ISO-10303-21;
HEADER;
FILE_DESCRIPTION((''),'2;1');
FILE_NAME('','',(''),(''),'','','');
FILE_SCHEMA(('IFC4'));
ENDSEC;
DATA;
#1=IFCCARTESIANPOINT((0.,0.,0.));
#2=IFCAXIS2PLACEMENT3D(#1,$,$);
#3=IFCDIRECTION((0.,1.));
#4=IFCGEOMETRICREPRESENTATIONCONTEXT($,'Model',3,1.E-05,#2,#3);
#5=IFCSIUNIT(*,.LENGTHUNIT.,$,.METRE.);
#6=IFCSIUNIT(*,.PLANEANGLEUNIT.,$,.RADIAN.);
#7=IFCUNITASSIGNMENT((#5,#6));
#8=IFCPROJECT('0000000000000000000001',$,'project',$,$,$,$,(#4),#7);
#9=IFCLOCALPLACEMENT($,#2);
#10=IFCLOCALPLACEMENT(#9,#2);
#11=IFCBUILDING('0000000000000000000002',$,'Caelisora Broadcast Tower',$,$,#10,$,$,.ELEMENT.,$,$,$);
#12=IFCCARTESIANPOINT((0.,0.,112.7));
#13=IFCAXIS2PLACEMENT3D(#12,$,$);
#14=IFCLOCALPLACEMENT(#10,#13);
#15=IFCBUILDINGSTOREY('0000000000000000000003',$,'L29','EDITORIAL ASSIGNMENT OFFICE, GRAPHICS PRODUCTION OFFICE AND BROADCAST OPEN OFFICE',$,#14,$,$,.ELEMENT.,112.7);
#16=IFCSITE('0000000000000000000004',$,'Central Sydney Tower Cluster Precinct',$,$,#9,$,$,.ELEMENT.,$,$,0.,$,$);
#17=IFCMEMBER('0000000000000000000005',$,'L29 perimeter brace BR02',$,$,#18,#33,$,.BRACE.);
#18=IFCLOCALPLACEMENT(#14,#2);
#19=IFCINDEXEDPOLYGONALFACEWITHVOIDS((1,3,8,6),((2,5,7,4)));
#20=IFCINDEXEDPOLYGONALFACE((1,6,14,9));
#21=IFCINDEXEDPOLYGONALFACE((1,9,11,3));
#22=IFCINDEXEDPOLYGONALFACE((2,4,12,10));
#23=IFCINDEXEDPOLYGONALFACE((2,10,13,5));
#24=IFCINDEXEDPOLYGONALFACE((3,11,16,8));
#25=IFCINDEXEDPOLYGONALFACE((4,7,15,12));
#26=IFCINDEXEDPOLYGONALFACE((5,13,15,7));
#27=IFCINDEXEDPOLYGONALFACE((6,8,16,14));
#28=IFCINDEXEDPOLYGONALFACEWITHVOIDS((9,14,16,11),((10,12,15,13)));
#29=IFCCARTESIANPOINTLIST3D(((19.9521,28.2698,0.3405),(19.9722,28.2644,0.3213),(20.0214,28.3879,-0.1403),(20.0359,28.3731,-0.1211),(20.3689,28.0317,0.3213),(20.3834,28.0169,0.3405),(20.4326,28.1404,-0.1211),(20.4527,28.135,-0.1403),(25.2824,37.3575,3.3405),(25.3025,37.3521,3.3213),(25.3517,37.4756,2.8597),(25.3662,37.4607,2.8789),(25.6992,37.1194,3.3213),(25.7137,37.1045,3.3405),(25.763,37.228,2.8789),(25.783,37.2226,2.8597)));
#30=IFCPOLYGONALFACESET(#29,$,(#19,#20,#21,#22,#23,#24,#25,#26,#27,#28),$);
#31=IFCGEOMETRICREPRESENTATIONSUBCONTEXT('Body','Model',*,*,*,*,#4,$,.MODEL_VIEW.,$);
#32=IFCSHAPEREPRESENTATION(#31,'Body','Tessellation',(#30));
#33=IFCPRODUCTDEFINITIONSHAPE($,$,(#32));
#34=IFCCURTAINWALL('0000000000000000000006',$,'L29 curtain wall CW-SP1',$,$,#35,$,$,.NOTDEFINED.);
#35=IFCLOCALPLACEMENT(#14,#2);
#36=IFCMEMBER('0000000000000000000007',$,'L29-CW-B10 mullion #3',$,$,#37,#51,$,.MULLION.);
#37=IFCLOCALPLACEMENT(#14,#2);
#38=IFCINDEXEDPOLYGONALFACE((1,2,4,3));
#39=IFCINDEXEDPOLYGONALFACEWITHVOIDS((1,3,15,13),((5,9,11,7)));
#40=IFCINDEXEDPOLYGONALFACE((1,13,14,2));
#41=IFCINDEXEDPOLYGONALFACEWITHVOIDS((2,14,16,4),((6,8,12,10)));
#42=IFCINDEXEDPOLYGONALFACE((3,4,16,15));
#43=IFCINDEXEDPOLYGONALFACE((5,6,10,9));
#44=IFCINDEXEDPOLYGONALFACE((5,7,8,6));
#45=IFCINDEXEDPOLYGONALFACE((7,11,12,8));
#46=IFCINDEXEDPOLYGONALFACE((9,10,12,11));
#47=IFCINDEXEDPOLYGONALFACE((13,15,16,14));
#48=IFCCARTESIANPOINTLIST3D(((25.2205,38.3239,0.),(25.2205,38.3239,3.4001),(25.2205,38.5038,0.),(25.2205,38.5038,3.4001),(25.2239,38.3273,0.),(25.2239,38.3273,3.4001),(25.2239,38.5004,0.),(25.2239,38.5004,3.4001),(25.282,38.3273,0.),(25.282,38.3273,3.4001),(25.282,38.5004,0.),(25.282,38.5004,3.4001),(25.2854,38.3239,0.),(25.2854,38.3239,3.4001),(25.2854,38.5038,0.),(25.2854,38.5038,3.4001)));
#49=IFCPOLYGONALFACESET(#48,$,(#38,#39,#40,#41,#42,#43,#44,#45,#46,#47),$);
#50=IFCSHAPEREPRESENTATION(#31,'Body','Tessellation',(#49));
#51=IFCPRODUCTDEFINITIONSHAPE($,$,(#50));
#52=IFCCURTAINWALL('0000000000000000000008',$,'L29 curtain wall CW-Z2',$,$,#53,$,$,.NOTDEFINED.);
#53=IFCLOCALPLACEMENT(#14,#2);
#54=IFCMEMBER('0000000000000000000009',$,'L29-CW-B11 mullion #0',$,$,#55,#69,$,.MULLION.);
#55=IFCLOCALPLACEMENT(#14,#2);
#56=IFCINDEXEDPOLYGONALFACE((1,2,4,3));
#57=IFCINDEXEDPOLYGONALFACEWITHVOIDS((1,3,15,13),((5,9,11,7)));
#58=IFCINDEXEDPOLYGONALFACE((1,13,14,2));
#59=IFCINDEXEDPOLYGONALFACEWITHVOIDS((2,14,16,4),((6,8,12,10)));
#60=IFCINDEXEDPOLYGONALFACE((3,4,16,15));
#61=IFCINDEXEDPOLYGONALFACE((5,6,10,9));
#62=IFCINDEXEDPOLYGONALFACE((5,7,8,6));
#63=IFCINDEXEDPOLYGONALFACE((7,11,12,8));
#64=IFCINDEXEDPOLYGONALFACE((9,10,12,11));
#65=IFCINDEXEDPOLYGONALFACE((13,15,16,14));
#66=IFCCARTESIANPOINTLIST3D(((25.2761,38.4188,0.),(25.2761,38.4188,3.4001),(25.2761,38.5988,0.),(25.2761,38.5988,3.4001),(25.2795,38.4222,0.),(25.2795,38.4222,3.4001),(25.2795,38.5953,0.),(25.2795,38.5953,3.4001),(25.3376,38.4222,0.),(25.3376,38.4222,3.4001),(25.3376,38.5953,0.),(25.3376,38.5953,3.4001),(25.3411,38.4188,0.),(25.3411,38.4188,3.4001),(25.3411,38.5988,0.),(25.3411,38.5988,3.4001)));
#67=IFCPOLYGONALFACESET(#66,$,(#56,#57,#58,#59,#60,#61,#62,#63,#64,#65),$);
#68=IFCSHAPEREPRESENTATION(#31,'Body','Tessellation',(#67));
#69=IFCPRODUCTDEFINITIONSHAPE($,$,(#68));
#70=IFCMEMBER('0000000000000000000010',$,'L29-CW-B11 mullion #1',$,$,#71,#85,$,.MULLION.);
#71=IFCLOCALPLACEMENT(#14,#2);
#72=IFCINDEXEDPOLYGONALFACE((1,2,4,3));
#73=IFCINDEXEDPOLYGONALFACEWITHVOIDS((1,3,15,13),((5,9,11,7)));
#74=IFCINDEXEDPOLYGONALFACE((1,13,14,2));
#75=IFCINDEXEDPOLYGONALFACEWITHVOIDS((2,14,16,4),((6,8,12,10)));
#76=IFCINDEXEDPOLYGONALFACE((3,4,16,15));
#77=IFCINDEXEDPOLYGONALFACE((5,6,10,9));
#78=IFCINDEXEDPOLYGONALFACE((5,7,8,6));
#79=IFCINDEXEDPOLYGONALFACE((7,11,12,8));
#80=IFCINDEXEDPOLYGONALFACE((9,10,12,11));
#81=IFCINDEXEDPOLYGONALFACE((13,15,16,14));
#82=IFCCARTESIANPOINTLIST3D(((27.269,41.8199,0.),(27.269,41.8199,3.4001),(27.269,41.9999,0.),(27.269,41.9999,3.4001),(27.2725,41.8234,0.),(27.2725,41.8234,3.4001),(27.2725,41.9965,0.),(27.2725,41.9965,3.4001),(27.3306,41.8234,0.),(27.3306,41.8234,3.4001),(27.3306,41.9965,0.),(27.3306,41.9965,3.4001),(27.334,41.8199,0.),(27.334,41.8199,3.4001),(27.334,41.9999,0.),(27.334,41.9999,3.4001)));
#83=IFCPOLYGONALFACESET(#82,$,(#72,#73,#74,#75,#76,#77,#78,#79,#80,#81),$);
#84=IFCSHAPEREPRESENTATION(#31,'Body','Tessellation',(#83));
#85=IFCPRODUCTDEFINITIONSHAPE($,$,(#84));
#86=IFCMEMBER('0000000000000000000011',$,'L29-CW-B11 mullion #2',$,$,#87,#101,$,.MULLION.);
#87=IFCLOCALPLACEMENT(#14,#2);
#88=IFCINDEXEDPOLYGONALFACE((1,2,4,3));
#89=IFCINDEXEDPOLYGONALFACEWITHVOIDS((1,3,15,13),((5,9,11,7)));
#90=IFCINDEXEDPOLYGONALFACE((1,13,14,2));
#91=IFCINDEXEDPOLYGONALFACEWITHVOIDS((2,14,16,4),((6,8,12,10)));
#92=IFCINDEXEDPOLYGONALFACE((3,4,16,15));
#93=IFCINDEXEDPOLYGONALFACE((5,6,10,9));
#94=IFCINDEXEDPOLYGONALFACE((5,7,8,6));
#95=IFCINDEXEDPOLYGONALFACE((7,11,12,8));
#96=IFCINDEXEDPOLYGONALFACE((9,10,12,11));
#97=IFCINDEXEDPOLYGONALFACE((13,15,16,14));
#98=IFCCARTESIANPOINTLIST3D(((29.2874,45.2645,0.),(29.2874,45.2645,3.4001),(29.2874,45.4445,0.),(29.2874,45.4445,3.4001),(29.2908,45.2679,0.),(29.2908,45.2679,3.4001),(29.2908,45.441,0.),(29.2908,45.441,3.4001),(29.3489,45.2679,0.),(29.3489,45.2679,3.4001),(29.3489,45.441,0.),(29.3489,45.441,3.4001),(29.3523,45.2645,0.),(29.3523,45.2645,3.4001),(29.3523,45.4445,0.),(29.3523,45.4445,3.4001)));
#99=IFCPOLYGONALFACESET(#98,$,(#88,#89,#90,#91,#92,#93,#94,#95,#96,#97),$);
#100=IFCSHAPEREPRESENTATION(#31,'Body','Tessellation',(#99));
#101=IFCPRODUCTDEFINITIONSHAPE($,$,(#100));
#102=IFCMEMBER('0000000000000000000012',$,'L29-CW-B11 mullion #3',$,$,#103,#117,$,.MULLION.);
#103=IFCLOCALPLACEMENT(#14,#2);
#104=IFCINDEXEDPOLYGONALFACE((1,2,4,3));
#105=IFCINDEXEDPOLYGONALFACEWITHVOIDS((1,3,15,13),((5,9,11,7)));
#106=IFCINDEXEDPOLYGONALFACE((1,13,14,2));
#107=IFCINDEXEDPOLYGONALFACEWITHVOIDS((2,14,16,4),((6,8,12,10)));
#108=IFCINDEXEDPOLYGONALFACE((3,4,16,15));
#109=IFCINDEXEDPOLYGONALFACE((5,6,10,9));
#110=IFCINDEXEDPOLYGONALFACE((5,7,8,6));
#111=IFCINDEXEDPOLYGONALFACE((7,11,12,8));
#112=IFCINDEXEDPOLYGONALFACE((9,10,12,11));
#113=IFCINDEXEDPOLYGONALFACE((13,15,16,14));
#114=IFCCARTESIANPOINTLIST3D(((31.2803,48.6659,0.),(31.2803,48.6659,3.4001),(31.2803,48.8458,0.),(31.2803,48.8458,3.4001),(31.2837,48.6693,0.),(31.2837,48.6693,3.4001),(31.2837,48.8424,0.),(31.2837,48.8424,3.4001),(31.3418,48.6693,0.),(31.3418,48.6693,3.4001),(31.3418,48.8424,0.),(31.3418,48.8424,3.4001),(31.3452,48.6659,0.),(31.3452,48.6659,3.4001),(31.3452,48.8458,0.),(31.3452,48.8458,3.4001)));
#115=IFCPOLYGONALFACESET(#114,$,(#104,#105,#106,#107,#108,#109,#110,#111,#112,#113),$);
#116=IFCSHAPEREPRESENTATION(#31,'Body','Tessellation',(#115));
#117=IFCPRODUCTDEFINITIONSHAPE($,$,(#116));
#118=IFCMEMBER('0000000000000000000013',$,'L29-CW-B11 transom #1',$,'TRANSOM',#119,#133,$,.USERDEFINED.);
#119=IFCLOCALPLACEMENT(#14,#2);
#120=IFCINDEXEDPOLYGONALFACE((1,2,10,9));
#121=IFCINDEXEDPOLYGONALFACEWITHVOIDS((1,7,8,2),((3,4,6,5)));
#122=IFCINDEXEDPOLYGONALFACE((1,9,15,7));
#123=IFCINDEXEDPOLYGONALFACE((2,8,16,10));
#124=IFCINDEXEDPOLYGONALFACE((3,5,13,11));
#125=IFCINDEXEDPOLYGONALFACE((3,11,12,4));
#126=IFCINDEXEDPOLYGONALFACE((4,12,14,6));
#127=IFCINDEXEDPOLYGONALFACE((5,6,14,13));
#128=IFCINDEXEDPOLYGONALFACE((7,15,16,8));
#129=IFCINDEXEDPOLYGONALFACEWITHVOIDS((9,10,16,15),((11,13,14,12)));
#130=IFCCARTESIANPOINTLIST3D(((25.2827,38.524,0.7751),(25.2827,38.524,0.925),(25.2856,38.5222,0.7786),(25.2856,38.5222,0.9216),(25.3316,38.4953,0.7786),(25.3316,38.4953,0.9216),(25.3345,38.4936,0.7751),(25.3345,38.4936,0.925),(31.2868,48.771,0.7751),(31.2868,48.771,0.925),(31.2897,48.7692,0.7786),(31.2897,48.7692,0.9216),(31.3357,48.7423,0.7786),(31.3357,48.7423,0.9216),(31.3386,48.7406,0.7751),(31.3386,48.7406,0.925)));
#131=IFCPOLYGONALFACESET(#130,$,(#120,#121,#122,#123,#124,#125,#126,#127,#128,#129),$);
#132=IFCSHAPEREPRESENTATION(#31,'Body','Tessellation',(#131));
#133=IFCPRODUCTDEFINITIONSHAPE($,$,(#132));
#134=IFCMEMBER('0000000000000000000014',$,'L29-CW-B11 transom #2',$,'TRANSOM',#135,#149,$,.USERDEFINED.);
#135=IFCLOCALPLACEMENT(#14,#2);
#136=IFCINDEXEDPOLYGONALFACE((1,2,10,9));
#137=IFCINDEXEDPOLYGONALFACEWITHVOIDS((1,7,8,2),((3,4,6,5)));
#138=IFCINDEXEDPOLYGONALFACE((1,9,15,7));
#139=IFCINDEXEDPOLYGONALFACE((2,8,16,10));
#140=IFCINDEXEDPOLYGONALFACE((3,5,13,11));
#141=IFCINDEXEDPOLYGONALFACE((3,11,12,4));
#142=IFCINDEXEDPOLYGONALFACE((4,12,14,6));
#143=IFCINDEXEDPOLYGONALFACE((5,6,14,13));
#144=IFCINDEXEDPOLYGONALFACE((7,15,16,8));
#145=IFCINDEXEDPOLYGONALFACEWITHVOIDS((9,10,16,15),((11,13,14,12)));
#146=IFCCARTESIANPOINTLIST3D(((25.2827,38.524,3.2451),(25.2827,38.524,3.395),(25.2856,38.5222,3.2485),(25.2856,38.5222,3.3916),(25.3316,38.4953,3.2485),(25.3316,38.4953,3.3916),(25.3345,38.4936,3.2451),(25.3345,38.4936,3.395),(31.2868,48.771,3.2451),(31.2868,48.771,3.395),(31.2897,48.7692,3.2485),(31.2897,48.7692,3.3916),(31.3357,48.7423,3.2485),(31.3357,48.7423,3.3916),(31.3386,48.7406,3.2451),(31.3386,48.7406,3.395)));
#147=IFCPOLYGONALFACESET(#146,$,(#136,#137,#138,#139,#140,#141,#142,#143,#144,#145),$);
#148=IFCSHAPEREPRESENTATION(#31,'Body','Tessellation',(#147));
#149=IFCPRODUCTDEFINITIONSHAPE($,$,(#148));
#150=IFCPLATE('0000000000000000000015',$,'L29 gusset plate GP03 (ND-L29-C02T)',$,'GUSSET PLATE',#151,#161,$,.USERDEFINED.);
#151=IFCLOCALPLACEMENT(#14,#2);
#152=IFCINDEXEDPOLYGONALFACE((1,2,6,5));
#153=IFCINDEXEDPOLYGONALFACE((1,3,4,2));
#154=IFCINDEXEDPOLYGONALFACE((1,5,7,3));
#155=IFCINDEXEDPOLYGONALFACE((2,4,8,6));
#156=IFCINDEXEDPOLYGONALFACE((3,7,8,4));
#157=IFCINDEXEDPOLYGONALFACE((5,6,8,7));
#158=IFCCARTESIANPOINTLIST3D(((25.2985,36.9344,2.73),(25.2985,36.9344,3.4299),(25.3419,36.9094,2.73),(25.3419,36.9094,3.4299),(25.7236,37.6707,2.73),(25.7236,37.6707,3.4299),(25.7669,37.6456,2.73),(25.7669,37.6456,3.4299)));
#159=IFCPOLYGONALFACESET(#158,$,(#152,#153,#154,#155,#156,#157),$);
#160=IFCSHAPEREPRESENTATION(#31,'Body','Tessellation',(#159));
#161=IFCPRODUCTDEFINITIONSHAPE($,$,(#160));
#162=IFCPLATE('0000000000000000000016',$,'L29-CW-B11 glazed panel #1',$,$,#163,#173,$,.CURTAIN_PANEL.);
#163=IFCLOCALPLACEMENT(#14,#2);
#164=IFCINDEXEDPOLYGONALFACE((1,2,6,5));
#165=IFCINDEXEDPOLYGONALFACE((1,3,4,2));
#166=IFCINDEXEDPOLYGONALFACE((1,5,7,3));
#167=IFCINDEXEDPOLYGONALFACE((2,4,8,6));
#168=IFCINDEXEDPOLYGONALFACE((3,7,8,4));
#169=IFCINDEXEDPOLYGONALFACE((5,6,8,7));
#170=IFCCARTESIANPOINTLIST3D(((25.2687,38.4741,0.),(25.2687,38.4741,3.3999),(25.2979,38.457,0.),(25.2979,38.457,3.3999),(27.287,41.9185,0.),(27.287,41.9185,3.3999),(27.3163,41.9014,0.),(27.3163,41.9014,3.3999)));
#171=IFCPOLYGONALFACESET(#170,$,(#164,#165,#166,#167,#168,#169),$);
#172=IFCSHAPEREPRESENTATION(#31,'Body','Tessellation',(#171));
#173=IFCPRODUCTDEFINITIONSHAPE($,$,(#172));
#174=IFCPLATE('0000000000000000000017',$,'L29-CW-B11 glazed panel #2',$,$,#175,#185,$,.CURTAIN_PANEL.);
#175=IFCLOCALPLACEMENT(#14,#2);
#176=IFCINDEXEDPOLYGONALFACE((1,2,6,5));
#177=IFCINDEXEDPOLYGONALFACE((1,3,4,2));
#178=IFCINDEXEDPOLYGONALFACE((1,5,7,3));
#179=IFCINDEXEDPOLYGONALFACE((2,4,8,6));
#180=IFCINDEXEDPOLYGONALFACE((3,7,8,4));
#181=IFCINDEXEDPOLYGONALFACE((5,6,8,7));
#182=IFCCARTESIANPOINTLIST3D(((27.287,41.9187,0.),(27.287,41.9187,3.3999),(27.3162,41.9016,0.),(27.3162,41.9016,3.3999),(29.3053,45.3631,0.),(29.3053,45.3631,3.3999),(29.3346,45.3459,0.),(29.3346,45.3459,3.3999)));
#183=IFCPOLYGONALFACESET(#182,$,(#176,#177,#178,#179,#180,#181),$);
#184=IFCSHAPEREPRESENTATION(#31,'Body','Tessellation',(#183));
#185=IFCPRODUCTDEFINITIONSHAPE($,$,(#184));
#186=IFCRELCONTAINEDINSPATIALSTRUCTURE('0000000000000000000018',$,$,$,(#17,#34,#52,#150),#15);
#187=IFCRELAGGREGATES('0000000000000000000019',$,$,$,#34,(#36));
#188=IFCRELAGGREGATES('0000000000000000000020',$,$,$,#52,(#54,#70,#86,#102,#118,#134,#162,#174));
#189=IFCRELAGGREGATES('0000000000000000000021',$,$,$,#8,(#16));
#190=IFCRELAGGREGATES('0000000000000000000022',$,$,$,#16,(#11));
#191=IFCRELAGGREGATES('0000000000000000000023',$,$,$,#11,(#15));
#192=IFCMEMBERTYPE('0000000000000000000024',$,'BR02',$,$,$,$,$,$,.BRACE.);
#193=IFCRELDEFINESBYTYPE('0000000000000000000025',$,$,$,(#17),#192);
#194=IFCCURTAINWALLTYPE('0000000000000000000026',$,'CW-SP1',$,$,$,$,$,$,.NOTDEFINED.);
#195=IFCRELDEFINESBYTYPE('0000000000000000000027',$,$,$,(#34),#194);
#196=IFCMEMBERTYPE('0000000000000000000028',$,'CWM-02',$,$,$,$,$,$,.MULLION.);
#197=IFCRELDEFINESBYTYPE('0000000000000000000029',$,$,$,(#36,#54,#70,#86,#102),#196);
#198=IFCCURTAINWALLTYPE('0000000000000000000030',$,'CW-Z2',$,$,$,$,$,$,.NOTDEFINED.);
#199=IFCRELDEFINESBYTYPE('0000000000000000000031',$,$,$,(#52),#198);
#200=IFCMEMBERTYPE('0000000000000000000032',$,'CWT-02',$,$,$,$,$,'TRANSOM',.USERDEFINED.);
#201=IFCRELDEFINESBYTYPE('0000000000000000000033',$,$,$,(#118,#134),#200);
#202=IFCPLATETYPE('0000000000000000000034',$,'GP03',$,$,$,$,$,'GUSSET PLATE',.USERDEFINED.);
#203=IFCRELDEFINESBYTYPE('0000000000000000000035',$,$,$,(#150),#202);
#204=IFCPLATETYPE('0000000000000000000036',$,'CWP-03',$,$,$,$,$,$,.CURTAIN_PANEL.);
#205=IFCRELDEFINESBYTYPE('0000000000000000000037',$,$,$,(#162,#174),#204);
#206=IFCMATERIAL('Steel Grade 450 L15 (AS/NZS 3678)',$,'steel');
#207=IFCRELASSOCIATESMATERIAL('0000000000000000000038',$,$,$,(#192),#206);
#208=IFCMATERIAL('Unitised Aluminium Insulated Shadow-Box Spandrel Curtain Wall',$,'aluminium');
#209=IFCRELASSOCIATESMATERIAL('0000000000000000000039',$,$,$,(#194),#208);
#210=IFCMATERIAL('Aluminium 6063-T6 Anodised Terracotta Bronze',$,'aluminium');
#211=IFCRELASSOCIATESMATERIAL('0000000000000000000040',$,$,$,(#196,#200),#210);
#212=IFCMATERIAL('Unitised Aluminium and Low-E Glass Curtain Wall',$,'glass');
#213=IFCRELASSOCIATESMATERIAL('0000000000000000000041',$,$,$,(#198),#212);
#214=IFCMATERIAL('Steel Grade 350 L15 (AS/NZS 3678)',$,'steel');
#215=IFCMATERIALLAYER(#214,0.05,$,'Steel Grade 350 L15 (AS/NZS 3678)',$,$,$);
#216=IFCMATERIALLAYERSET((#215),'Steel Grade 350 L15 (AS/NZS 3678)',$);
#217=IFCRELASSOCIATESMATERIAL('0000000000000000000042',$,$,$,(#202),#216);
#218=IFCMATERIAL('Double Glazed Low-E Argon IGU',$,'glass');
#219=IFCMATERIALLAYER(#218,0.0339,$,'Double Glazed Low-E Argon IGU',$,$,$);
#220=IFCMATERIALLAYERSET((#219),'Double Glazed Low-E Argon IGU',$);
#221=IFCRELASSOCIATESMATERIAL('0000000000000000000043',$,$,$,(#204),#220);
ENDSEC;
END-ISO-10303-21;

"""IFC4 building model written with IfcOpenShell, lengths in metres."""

from ifc_helpers import new_model, si_unit, direction, frame, origin, origin_2d, place, context, subcontext, project, spatial, rectangle, hollow_rectangle, extrude, source, transform, mapped, material, layer, layer_set, material_profile, profile_set, type_object, type_shapes, element, aggregate, save


model = new_model("IFC4")

# Units and contexts
model_context = context("Model", 3, precision=1e-05, world=origin(), true_north=direction((0.0, 1.0)))
body_context = subcontext(model_context, "Body", "Model", "MODEL_VIEW")
ifc_project = project(units=[si_unit("LENGTHUNIT", "METRE"), si_unit("PLANEANGLEUNIT", "RADIAN")], contexts=[model_context])

# Site, building, storey
site_placement = place(None, origin())
site = spatial("IfcSite", under=ifc_project, at=site_placement, Name="Central Sydney Tower Cluster Precinct", CompositionType="ELEMENT", RefElevation=0.0)
building_placement = place(site_placement, origin())
building = spatial("IfcBuilding", under=site, at=building_placement, Name="Caelisora Broadcast Tower", CompositionType="ELEMENT")
storey_placement = place(building_placement, frame((0.0, 0.0, 112.7)))
storey = spatial("IfcBuildingStorey", under=building, at=storey_placement, Name="L29", Description="EDITORIAL ASSIGNMENT OFFICE, GRAPHICS PRODUCTION OFFICE AND BROADCAST OPEN OFFICE", CompositionType="ELEMENT", Elevation=112.7)

# Shared definitions
ifc_material_1 = material(Name="Steel Grade 350 L15 (AS/NZS 3678)", Category="steel")

# Member
ifc_material_2 = material(Name="Steel Grade 450 L15 (AS/NZS 3678)", Category="steel")
ifc_material_profile_1 = material_profile(ifc_material_2, hollow_rectangle(XDim=0.5, YDim=0.5, WallThickness=0.02, at=origin_2d()), Name="Steel Grade 450 L15 (AS/NZS 3678)")
ifc_profile_set_1 = profile_set([ifc_material_profile_1], Name="Steel Grade 450 L15 (AS/NZS 3678)")
member_type_1 = type_object("IfcMemberType", Name="BR02", PredefinedType="BRACE", material=ifc_profile_set_1)
shared_shape_1 = source(origin(), body_context, "Body", "SweptSolid", [
    extrude(hollow_rectangle(XDim=0.5, YDim=0.5, WallThickness=0.02, at=origin_2d()), origin(), (0.0, 0.0, 1.0), 10.9543),
])
type_shapes(member_type_1, [shared_shape_1])
member_1_placement = place(storey_placement, frame((25.5327, 37.29, 3.1001), z_axis=(-0.486594, -0.829593, -0.273864), x_axis=(0.86257, -0.505937, 0.0)))
element("IfcMember", 1, at=member_1_placement, inside=storey, type_object=member_type_1, Name="L29 perimeter brace BR02", PredefinedType="BRACE", context=body_context, shape_type="MappedRepresentation", body=[
    mapped(shared_shape_1, transform((0.0, 0.0, 0.0), scale=1.0)),
])

# Curtain wall, member
ifc_material_3 = material(Name="Unitised Aluminium Insulated Shadow-Box Spandrel Curtain Wall", Category="aluminium")
curtain_wall_type_1 = type_object("IfcCurtainWallType", Name="CW-SP1", PredefinedType="NOTDEFINED", material=ifc_material_3)
curtain_wall_1_placement = place(storey_placement, origin())
curtain_wall_1 = element("IfcCurtainWall", 2, at=curtain_wall_1_placement, inside=storey, type_object=curtain_wall_type_1, Name="L29 curtain wall CW-SP1", PredefinedType="NOTDEFINED")
ifc_material_4 = material(Name="Aluminium 6063-T6 Anodised Terracotta Bronze", Category="aluminium")
ifc_material_profile_2 = material_profile(ifc_material_4, hollow_rectangle(XDim=0.0649, YDim=0.1799, WallThickness=0.0034, at=origin_2d()), Name="Aluminium 6063-T6 Anodised Terracotta Bronze")
ifc_profile_set_2 = profile_set([ifc_material_profile_2], Name="Aluminium 6063-T6 Anodised Terracotta Bronze")
member_type_2 = type_object("IfcMemberType", Name="CWM-02", PredefinedType="MULLION", material=ifc_profile_set_2)
shared_shape_2 = source(origin(), body_context, "Body", "SweptSolid", [
    extrude(hollow_rectangle(XDim=0.0649, YDim=0.1799, WallThickness=0.0034, at=origin_2d()), origin(), (0.0, 0.0, 1.0), 3.4001),
])
type_shapes(member_type_2, [shared_shape_2])
member_2_placement = place(storey_placement, frame((25.2529, 38.4138, 0.0), z_axis=(0.0, 0.0, 1.0), x_axis=(1.0, 0.0, 0.0)))
member_2 = element("IfcMember", 3, at=member_2_placement, type_object=member_type_2, Name="L29-CW-B10 mullion #3", PredefinedType="MULLION", context=body_context, shape_type="MappedRepresentation", body=[
    mapped(shared_shape_2, transform((0.0, 0.0, 0.0), scale=1.0)),
])
aggregate(curtain_wall_1, [member_2])

# Curtain wall, members
ifc_material_5 = material(Name="Unitised Aluminium and Low-E Glass Curtain Wall", Category="glass")
curtain_wall_type_2 = type_object("IfcCurtainWallType", Name="CW-Z2", PredefinedType="NOTDEFINED", material=ifc_material_5)
curtain_wall_2_placement = place(storey_placement, origin())
curtain_wall_2 = element("IfcCurtainWall", 4, at=curtain_wall_2_placement, inside=storey, type_object=curtain_wall_type_2, Name="L29 curtain wall CW-Z2", PredefinedType="NOTDEFINED")
member_3_placement = place(storey_placement, frame((25.3086, 38.5088, 0.0), z_axis=(0.0, 0.0, 1.0), x_axis=(1.0, 0.0, 0.0)))
member_3 = element("IfcMember", 5, at=member_3_placement, type_object=member_type_2, Name="L29-CW-B11 mullion #0", PredefinedType="MULLION", context=body_context, shape_type="MappedRepresentation", body=[
    mapped(shared_shape_2, transform((0.0, 0.0, 0.0), scale=1.0)),
])
member_4_placement = place(storey_placement, frame((27.3015, 41.9099, 0.0), z_axis=(0.0, 0.0, 1.0), x_axis=(1.0, 0.0, 0.0)))
member_4 = element("IfcMember", 6, at=member_4_placement, type_object=member_type_2, Name="L29-CW-B11 mullion #1", PredefinedType="MULLION", context=body_context, shape_type="MappedRepresentation", body=[
    mapped(shared_shape_2, transform((0.0, 0.0, 0.0), scale=1.0)),
])
member_5_placement = place(storey_placement, frame((29.3198, 45.3545, 0.0), z_axis=(0.0, 0.0, 1.0), x_axis=(1.0, 0.0, 0.0)))
member_5 = element("IfcMember", 7, at=member_5_placement, type_object=member_type_2, Name="L29-CW-B11 mullion #2", PredefinedType="MULLION", context=body_context, shape_type="MappedRepresentation", body=[
    mapped(shared_shape_2, transform((0.0, 0.0, 0.0), scale=1.0)),
])
member_6_placement = place(storey_placement, frame((31.3127, 48.7559, 0.0), z_axis=(0.0, 0.0, 1.0), x_axis=(1.0, 0.0, 0.0)))
member_6 = element("IfcMember", 8, at=member_6_placement, type_object=member_type_2, Name="L29-CW-B11 mullion #3", PredefinedType="MULLION", context=body_context, shape_type="MappedRepresentation", body=[
    mapped(shared_shape_2, transform((0.0, 0.0, 0.0), scale=1.0)),
])
ifc_material_profile_3 = material_profile(ifc_material_4, hollow_rectangle(XDim=0.0601, YDim=0.1499, WallThickness=0.0034, at=origin_2d()), Name="Aluminium 6063-T6 Anodised Terracotta Bronze")
ifc_profile_set_3 = profile_set([ifc_material_profile_3], Name="Aluminium 6063-T6 Anodised Terracotta Bronze")
member_type_3 = type_object("IfcMemberType", Name="CWT-02", ElementType="TRANSOM", PredefinedType="USERDEFINED", material=ifc_profile_set_3)
shared_shape_3 = source(origin(), body_context, "Body", "SweptSolid", [
    extrude(hollow_rectangle(XDim=0.0601, YDim=0.1499, WallThickness=0.0034, at=origin_2d()), origin(), (0.0, 0.0, 1.0), 11.8765),
])
type_shapes(member_type_3, [shared_shape_3])
member_7_placement = place(storey_placement, frame((25.3086, 38.5088, 0.8501), z_axis=(0.505547, 0.862799, 0.0), x_axis=(-0.862799, 0.505547, 0.0)))
member_7 = element("IfcMember", 9, at=member_7_placement, type_object=member_type_3, Name="L29-CW-B11 transom #1", ObjectType="TRANSOM", PredefinedType="USERDEFINED", context=body_context, shape_type="MappedRepresentation", body=[
    mapped(shared_shape_3, transform((0.0, 0.0, 0.0), scale=1.0)),
])
member_8_placement = place(storey_placement, frame((25.3086, 38.5088, 3.3201), z_axis=(0.505547, 0.862799, 0.0), x_axis=(-0.862799, 0.505547, 0.0)))
member_8 = element("IfcMember", 10, at=member_8_placement, type_object=member_type_3, Name="L29-CW-B11 transom #2", ObjectType="TRANSOM", PredefinedType="USERDEFINED", context=body_context, shape_type="MappedRepresentation", body=[
    mapped(shared_shape_3, transform((0.0, 0.0, 0.0), scale=1.0)),
])

# Plates
ifc_layer_1 = layer(ifc_material_1, 0.05, Name="Steel Grade 350 L15 (AS/NZS 3678)")
ifc_layer_set_1 = layer_set([ifc_layer_1], Name="Steel Grade 350 L15 (AS/NZS 3678)")
plate_type_1 = type_object("IfcPlateType", Name="GP03", ElementType="GUSSET PLATE", PredefinedType="USERDEFINED", material=ifc_layer_set_1)
shared_shape_4 = source(origin(), body_context, "Body", "SweptSolid", [
    extrude(rectangle(XDim=0.8501, YDim=0.05, at=origin_2d()), origin(), (0.0, 0.0, 1.0), 0.7),
])
type_shapes(plate_type_1, [shared_shape_4])
plate_1_placement = place(storey_placement, frame((25.5327, 37.29, 2.73), z_axis=(0.0, 0.0, 1.0), x_axis=(-0.5, -0.866025, 0.0)))
element("IfcPlate", 11, at=plate_1_placement, inside=storey, type_object=plate_type_1, Name="L29 gusset plate GP03 (ND-L29-C02T)", ObjectType="GUSSET PLATE", PredefinedType="USERDEFINED", context=body_context, shape_type="MappedRepresentation", body=[
    mapped(shared_shape_4, transform((0.0, 0.0, 0.0), scale=1.0)),
])
ifc_material_6 = material(Name="Double Glazed Low-E Argon IGU", Category="glass")
ifc_layer_2 = layer(ifc_material_6, 0.0339, Name="Double Glazed Low-E Argon IGU")
ifc_layer_set_2 = layer_set([ifc_layer_2], Name="Double Glazed Low-E Argon IGU")
plate_type_2 = type_object("IfcPlateType", Name="CWP-03", PredefinedType="CURTAIN_PANEL", material=ifc_layer_set_2)
shared_shape_5 = source(origin(), body_context, "Body", "SweptSolid", [
    extrude(rectangle(XDim=3.9922, YDim=0.0339, at=origin_2d()), origin(), (0.0, 0.0, 1.0), 3.3999),
])
type_shapes(plate_type_2, [shared_shape_5])
plate_2_placement = place(storey_placement, frame((26.2925, 40.1877, 0.0), z_axis=(0.0, 0.0, 1.0), x_axis=(0.505582, 0.862779, 0.0)))
plate_2 = element("IfcPlate", 12, at=plate_2_placement, type_object=plate_type_2, Name="L29-CW-B11 glazed panel #1", PredefinedType="CURTAIN_PANEL", context=body_context, shape_type="MappedRepresentation", body=[
    mapped(shared_shape_5, transform((0.0, 0.0, 0.0), scale=1.0)),
])
plate_3_placement = place(storey_placement, frame((28.3108, 43.6323, 0.0), z_axis=(0.0, 0.0, 1.0), x_axis=(0.505582, 0.862779, 0.0)))
plate_3 = element("IfcPlate", 13, at=plate_3_placement, type_object=plate_type_2, Name="L29-CW-B11 glazed panel #2", PredefinedType="CURTAIN_PANEL", context=body_context, shape_type="MappedRepresentation", body=[
    mapped(shared_shape_5, transform((0.0, 0.0, 0.0), scale=1.0)),
])
aggregate(curtain_wall_2, [member_3, member_4, member_5, member_6, member_7, member_8, plate_2, plate_3])

save(model, "model.ifc")
